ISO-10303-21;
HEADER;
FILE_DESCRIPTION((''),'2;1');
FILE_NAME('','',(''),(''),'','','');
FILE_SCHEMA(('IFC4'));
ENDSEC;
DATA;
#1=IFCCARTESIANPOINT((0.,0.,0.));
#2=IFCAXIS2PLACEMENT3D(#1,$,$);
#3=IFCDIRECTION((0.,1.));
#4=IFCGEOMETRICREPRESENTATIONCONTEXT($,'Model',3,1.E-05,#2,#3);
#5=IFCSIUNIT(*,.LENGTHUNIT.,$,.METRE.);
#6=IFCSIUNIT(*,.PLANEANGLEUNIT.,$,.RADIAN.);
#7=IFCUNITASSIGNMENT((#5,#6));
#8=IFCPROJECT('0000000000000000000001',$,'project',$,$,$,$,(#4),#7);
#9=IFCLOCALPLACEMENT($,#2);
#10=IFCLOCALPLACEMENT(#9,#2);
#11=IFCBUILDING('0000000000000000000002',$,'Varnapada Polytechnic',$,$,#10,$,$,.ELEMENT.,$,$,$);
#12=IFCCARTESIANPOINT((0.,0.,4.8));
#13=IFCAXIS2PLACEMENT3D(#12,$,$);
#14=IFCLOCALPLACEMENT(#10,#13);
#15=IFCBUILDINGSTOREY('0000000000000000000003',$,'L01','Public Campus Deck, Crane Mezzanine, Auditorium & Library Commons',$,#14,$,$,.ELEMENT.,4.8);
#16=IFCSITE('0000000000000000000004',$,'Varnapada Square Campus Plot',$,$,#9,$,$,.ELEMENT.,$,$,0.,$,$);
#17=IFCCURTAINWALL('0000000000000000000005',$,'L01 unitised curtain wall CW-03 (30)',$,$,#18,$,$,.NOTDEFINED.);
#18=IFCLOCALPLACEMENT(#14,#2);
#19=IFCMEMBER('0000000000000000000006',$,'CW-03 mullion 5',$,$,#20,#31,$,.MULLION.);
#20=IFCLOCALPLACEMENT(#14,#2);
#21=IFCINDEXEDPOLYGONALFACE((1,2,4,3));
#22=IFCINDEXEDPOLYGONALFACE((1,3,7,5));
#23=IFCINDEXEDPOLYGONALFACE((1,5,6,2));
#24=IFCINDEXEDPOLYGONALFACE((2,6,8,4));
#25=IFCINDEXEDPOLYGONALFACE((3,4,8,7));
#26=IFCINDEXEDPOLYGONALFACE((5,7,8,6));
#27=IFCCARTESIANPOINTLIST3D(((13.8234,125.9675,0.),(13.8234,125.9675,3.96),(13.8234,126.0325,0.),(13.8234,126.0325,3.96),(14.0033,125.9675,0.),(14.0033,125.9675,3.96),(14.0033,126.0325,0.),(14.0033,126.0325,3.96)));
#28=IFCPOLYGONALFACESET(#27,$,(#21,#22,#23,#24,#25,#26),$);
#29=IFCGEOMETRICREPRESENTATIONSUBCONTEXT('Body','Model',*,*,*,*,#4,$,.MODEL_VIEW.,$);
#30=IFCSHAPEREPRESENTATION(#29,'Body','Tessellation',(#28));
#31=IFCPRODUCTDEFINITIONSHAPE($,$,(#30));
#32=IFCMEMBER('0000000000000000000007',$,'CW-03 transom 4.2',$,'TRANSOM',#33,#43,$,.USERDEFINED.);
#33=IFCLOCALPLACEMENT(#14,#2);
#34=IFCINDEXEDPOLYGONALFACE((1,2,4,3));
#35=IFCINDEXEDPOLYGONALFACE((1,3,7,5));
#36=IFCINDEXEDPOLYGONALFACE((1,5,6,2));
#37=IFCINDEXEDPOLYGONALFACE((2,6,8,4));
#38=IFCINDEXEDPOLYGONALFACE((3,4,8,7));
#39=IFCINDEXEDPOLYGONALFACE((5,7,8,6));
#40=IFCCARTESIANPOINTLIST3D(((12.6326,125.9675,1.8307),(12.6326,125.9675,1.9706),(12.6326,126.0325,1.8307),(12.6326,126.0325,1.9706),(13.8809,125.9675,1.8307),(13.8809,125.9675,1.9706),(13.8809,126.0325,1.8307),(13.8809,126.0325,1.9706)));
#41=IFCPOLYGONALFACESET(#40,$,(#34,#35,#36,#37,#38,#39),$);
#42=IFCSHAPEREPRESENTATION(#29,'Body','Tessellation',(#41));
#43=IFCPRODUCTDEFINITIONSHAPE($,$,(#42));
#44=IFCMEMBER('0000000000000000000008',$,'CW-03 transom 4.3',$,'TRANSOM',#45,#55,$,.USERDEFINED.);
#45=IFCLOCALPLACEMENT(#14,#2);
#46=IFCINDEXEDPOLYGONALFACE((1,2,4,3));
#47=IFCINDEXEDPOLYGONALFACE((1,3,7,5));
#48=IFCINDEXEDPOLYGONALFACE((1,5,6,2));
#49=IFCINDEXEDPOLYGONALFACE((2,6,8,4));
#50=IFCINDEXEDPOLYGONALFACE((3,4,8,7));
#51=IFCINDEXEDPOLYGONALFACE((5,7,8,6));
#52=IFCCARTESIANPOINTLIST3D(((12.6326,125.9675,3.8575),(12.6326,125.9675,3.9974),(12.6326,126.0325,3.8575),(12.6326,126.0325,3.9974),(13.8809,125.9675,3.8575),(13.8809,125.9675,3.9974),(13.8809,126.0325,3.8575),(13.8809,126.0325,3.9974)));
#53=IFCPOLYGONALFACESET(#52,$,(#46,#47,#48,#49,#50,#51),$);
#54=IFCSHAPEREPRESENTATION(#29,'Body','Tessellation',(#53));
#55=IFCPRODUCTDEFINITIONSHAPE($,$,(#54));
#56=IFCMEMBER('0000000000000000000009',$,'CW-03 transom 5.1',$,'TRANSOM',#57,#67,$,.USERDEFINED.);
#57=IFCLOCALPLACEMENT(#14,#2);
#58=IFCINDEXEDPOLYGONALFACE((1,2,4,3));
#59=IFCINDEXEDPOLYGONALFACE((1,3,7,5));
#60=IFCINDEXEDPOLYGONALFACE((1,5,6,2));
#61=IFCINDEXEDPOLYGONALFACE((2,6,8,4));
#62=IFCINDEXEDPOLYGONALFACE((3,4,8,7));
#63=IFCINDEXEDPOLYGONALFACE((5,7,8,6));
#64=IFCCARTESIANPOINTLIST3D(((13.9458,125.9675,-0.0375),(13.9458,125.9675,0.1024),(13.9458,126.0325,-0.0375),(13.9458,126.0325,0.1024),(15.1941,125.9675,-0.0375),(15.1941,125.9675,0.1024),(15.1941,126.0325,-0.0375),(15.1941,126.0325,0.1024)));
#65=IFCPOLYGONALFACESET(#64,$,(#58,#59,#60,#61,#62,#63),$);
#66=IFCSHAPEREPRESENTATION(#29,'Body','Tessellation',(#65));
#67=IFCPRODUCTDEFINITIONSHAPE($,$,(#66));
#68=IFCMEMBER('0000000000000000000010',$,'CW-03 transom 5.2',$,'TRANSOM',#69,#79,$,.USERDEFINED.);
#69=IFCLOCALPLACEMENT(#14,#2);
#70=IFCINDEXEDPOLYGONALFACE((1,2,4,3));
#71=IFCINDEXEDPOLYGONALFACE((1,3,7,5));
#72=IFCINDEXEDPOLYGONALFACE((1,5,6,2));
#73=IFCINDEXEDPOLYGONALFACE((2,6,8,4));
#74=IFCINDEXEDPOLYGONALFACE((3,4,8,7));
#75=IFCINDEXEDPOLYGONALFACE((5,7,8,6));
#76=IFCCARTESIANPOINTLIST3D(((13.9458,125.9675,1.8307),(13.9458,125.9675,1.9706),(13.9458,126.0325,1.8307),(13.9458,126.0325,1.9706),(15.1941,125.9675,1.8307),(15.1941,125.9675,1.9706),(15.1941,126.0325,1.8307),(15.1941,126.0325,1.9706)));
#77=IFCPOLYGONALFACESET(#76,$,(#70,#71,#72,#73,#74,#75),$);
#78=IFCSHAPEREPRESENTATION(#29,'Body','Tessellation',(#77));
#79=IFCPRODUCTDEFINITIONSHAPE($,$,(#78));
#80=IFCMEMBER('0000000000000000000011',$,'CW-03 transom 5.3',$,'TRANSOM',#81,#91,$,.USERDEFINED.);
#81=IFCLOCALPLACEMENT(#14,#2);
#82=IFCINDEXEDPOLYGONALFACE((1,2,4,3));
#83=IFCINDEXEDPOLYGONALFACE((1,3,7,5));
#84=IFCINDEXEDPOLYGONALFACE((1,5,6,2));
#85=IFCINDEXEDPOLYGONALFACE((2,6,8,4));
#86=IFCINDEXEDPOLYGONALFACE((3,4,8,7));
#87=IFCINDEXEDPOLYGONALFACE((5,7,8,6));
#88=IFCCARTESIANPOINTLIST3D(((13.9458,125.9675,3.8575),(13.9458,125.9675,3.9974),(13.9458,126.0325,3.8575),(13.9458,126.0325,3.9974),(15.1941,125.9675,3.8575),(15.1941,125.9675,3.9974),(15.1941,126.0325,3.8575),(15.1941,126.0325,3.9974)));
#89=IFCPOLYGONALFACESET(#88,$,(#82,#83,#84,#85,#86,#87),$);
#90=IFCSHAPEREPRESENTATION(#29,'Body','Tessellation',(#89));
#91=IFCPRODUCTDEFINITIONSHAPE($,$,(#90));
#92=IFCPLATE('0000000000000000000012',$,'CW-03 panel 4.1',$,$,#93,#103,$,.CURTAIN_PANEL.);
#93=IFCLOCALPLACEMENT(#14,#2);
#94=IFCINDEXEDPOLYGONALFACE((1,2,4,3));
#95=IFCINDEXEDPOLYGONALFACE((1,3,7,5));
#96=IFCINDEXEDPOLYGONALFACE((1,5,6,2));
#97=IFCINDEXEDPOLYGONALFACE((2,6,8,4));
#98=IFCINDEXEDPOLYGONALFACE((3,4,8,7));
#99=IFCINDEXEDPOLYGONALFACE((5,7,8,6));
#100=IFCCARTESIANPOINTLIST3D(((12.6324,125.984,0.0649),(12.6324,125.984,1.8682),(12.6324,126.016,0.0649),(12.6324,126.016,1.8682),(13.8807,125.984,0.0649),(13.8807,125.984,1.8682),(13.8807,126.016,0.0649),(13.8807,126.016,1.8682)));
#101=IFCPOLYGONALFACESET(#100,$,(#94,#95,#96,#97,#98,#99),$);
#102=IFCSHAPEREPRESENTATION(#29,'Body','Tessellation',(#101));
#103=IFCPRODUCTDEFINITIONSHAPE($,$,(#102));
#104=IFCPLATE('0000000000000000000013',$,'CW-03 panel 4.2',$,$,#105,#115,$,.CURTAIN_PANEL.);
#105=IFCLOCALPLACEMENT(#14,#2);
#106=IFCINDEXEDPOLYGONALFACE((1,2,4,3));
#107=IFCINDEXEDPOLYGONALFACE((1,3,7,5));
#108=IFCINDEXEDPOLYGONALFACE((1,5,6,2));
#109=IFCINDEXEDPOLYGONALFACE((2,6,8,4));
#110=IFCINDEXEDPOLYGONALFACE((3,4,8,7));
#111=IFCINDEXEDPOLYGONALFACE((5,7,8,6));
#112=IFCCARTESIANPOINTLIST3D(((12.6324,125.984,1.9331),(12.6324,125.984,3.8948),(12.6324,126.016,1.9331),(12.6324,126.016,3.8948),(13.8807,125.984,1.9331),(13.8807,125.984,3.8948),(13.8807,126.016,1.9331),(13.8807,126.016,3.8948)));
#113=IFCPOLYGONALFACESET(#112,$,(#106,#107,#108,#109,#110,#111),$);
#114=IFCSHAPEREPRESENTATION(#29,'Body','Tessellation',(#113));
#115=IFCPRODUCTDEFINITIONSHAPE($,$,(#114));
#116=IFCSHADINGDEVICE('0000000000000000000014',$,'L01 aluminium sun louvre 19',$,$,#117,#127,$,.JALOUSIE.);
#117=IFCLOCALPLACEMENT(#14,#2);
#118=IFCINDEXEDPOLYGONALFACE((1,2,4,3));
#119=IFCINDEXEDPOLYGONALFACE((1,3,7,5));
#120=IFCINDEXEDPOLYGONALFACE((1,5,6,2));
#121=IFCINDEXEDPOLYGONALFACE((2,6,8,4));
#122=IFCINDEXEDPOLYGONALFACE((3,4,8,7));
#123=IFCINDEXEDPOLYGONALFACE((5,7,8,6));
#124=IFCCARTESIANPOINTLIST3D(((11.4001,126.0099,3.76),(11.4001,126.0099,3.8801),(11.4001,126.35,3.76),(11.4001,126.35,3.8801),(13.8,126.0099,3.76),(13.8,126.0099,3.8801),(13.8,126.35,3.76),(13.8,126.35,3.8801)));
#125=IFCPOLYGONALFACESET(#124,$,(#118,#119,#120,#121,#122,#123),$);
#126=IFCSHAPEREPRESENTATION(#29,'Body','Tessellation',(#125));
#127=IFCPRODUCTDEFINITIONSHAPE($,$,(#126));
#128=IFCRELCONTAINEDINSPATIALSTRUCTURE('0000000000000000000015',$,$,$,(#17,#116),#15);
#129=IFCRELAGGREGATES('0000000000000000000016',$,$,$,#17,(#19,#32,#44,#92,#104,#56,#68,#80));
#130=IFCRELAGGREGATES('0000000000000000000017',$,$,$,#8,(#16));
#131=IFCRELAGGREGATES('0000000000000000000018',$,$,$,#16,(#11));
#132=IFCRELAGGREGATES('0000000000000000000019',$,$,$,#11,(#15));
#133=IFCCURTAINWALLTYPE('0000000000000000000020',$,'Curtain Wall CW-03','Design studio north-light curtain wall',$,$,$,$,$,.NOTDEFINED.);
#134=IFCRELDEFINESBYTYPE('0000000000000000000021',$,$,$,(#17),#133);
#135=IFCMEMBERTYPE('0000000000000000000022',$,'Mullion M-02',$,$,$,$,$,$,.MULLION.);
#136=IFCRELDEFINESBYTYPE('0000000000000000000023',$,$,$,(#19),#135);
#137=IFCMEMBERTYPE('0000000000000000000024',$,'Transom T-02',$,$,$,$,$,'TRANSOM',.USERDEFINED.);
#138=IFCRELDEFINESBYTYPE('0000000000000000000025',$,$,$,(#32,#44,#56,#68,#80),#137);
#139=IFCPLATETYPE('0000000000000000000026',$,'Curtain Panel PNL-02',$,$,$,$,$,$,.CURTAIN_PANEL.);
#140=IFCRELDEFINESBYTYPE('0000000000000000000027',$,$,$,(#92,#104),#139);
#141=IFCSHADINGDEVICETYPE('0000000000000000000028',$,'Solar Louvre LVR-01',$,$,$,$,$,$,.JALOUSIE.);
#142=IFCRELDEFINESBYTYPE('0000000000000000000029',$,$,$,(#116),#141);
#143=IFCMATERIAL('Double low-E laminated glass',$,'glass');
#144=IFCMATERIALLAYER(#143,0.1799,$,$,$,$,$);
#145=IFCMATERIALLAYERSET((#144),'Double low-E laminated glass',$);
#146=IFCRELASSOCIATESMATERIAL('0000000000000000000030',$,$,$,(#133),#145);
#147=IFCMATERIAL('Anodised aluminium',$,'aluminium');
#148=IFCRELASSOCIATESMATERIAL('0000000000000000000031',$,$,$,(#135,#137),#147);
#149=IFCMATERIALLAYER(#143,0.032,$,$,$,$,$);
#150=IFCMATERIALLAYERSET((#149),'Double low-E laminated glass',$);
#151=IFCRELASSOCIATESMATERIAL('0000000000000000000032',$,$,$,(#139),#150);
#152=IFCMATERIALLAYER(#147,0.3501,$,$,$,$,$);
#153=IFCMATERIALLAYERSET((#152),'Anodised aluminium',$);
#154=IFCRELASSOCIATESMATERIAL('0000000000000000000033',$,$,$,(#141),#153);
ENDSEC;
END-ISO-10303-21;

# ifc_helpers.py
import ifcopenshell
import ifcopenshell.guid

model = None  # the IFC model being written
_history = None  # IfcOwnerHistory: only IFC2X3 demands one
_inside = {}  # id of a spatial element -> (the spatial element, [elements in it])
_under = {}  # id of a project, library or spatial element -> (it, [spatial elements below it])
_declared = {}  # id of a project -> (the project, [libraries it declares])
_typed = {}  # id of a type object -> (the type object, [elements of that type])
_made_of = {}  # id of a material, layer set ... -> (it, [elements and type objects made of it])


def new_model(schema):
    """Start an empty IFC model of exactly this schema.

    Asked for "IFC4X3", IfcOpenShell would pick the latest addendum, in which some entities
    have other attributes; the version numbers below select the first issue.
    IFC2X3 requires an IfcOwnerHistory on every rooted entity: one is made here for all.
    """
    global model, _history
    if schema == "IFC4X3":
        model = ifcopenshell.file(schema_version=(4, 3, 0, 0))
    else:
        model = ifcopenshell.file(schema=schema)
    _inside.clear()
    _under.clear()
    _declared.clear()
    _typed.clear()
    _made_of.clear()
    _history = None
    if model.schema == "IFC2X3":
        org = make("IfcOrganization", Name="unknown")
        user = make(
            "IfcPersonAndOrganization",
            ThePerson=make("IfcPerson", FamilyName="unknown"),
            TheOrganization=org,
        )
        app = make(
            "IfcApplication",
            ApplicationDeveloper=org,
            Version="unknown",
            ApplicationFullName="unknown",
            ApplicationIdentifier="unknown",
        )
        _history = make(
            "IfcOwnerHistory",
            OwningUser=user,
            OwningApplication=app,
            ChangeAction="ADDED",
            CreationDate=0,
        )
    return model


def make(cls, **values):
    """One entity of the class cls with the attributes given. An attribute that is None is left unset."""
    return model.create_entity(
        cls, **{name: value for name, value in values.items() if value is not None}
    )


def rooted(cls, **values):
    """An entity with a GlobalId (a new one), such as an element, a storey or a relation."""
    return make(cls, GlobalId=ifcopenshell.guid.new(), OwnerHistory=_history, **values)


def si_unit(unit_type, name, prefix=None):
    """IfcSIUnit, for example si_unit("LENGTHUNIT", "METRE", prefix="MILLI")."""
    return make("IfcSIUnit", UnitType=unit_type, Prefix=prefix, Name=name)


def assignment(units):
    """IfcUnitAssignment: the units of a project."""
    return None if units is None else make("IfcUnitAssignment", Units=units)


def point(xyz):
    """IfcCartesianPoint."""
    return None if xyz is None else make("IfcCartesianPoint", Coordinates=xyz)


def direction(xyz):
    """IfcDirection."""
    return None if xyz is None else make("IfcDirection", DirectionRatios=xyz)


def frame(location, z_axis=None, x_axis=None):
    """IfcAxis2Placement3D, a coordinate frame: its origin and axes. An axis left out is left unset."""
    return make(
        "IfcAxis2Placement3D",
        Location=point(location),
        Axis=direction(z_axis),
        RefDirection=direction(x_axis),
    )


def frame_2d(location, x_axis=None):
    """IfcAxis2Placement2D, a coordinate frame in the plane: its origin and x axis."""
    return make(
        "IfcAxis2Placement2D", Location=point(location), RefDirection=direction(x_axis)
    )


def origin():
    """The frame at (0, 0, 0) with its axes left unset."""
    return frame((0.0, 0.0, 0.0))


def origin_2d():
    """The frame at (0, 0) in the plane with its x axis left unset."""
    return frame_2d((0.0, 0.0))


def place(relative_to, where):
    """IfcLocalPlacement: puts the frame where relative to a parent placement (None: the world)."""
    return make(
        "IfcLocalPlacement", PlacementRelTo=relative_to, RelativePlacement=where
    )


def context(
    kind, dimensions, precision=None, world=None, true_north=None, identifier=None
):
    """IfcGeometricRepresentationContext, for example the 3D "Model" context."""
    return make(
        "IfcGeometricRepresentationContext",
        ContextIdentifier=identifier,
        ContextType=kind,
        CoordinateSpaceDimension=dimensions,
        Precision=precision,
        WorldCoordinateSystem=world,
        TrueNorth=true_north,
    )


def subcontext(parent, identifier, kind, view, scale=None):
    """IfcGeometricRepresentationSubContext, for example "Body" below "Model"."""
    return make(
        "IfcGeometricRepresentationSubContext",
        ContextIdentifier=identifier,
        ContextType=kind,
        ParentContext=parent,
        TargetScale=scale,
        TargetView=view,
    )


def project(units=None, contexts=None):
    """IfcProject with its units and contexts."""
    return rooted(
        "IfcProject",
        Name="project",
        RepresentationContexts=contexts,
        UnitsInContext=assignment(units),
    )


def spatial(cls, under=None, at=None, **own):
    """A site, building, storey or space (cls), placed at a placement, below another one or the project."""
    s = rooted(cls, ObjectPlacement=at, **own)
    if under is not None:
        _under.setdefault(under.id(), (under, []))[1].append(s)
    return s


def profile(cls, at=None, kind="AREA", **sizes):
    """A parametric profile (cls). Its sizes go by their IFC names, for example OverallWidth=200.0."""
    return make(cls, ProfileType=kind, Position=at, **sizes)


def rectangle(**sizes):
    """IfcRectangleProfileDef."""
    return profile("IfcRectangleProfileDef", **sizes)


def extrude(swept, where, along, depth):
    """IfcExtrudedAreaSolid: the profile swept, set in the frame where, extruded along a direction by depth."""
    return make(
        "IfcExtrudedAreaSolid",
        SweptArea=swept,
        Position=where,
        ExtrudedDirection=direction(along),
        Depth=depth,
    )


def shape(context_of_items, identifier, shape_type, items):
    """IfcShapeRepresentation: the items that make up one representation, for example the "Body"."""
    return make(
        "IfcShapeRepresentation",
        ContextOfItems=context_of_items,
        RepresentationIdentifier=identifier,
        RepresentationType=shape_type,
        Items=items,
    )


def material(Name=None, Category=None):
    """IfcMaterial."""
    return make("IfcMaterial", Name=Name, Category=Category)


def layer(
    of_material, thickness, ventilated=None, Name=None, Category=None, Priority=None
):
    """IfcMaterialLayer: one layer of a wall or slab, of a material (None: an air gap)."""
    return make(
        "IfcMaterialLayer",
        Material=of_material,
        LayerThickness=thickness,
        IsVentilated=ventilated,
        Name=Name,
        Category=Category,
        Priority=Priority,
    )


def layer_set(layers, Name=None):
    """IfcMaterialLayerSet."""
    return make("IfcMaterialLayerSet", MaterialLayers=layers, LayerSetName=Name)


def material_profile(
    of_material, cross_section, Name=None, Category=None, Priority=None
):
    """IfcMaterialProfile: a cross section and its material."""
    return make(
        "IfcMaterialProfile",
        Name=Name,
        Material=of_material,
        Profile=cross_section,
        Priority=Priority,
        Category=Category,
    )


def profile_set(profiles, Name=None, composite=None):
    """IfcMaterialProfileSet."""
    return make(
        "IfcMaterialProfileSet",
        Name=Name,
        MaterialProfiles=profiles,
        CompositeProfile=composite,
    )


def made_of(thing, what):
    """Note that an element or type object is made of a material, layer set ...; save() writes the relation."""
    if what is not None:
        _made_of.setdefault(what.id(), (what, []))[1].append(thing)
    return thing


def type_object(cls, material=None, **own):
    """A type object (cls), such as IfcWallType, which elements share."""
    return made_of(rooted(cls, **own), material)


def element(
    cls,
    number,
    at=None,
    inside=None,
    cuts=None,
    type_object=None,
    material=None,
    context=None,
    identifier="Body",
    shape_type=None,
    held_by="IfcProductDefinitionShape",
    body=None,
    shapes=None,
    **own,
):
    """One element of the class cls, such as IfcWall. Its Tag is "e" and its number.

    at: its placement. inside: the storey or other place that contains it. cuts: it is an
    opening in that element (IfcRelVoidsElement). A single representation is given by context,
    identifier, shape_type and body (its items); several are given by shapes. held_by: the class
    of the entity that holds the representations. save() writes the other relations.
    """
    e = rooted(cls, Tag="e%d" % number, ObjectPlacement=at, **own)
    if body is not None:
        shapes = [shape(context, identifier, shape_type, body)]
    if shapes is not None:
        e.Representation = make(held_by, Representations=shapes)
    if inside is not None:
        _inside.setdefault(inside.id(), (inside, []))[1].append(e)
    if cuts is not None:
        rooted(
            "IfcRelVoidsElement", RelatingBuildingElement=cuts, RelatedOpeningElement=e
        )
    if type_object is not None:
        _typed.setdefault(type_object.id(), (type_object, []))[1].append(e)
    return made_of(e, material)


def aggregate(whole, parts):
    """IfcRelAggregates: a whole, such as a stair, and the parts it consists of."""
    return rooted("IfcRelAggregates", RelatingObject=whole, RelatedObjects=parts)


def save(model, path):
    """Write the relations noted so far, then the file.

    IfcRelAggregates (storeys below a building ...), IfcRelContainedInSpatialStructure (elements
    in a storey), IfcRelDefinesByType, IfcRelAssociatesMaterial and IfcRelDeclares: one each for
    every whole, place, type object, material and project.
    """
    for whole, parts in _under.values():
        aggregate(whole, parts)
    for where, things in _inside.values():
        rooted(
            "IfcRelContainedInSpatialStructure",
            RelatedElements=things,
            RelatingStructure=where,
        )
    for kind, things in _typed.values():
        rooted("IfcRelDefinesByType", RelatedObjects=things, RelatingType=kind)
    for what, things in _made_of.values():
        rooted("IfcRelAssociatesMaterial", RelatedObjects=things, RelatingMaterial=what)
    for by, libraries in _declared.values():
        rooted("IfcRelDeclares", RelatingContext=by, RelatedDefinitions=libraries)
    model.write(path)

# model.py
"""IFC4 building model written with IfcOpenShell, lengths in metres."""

from ifc_helpers import new_model, si_unit, direction, frame, origin, origin_2d, place, context, subcontext, project, spatial, rectangle, extrude, material, layer, layer_set, material_profile, profile_set, type_object, element, aggregate, save


model = new_model("IFC4")

# Units and contexts
model_context = context("Model", 3, precision=1e-05, world=origin(), true_north=direction((0.0, 1.0)))
body_context = subcontext(model_context, "Body", "Model", "MODEL_VIEW")
ifc_project = project(units=[si_unit("LENGTHUNIT", "METRE"), si_unit("PLANEANGLEUNIT", "RADIAN")], contexts=[model_context])

# Site, building, storey
site_placement = place(None, origin())
site = spatial("IfcSite", under=ifc_project, at=site_placement, Name="Varnapada Square Campus Plot", CompositionType="ELEMENT", RefElevation=0.0)
building_placement = place(site_placement, origin())
building = spatial("IfcBuilding", under=site, at=building_placement, Name="Varnapada Polytechnic", CompositionType="ELEMENT")
storey_placement = place(building_placement, frame((0.0, 0.0, 4.8)))
storey = spatial("IfcBuildingStorey", under=building, at=storey_placement, Name="L01", Description="Public Campus Deck, Crane Mezzanine, Auditorium & Library Commons", CompositionType="ELEMENT", Elevation=4.8)

# Curtain wall, members, plates
ifc_material_1 = material(Name="Double low-E laminated glass", Category="glass")
ifc_layer_1 = layer(ifc_material_1, 0.1799)
ifc_layer_set_1 = layer_set([ifc_layer_1], Name="Double low-E laminated glass")
curtain_wall_type = type_object("IfcCurtainWallType", Name="Curtain Wall CW-03", Description="Design studio north-light curtain wall", PredefinedType="NOTDEFINED", material=ifc_layer_set_1)
curtain_wall_placement = place(storey_placement, origin())
curtain_wall = element("IfcCurtainWall", 1, at=curtain_wall_placement, inside=storey, type_object=curtain_wall_type, Name="L01 unitised curtain wall CW-03 (30)", PredefinedType="NOTDEFINED")
ifc_material_2 = material(Name="Anodised aluminium", Category="aluminium")
ifc_material_profile_1 = material_profile(ifc_material_2, rectangle(XDim=0.0649, YDim=0.1799, at=origin_2d()), Name="ALU M65x180")
ifc_profile_set_1 = profile_set([ifc_material_profile_1], Name="Anodised aluminium")
member_type_1 = type_object("IfcMemberType", Name="Mullion M-02", PredefinedType="MULLION", material=ifc_profile_set_1)
member_1_placement = place(storey_placement, frame((13.9133, 126.0, 0.0), z_axis=(0.0, 0.0, 1.0), x_axis=(0.0, 1.0, 0.0)))
member_1 = element("IfcMember", 2, at=member_1_placement, type_object=member_type_1, Name="CW-03 mullion 5", PredefinedType="MULLION", context=body_context, shape_type="SweptSolid", body=[
    extrude(rectangle(XDim=0.0649, YDim=0.1799, at=origin_2d()), origin(), (0.0, 0.0, 1.0), 3.96),
])
ifc_material_profile_2 = material_profile(ifc_material_2, rectangle(XDim=0.0649, YDim=0.1399, at=origin_2d()), Name="ALU T65x140")
ifc_profile_set_2 = profile_set([ifc_material_profile_2], Name="Anodised aluminium")
member_type_2 = type_object("IfcMemberType", Name="Transom T-02", ElementType="TRANSOM", PredefinedType="USERDEFINED", material=ifc_profile_set_2)
member_2_placement = place(storey_placement, frame((12.6326, 126.0, 1.9006), z_axis=(1.0, 0.0, 0.0), x_axis=(0.0, 1.0, 0.0)))
member_2 = element("IfcMember", 3, at=member_2_placement, type_object=member_type_2, Name="CW-03 transom 4.2", ObjectType="TRANSOM", PredefinedType="USERDEFINED", context=body_context, shape_type="SweptSolid", body=[
    extrude(rectangle(XDim=0.0649, YDim=0.1399, at=origin_2d()), origin(), (0.0, 0.0, 1.0), 1.2483),
])
member_3_placement = place(storey_placement, frame((12.6326, 126.0, 3.9275), z_axis=(1.0, 0.0, 0.0), x_axis=(0.0, 1.0, 0.0)))
member_3 = element("IfcMember", 4, at=member_3_placement, type_object=member_type_2, Name="CW-03 transom 4.3", ObjectType="TRANSOM", PredefinedType="USERDEFINED", context=body_context, shape_type="SweptSolid", body=[
    extrude(rectangle(XDim=0.0649, YDim=0.1399, at=origin_2d()), origin(), (0.0, 0.0, 1.0), 1.2483),
])
member_4_placement = place(storey_placement, frame((13.9458, 126.0, 0.0325), z_axis=(1.0, 0.0, 0.0), x_axis=(0.0, 1.0, 0.0)))
member_4 = element("IfcMember", 5, at=member_4_placement, type_object=member_type_2, Name="CW-03 transom 5.1", ObjectType="TRANSOM", PredefinedType="USERDEFINED", context=body_context, shape_type="SweptSolid", body=[
    extrude(rectangle(XDim=0.0649, YDim=0.1399, at=origin_2d()), origin(), (0.0, 0.0, 1.0), 1.2483),
])
member_5_placement = place(storey_placement, frame((13.9458, 126.0, 1.9006), z_axis=(1.0, 0.0, 0.0), x_axis=(0.0, 1.0, 0.0)))
member_5 = element("IfcMember", 6, at=member_5_placement, type_object=member_type_2, Name="CW-03 transom 5.2", ObjectType="TRANSOM", PredefinedType="USERDEFINED", context=body_context, shape_type="SweptSolid", body=[
    extrude(rectangle(XDim=0.0649, YDim=0.1399, at=origin_2d()), origin(), (0.0, 0.0, 1.0), 1.2483),
])
member_6_placement = place(storey_placement, frame((13.9458, 126.0, 3.9275), z_axis=(1.0, 0.0, 0.0), x_axis=(0.0, 1.0, 0.0)))
member_6 = element("IfcMember", 7, at=member_6_placement, type_object=member_type_2, Name="CW-03 transom 5.3", ObjectType="TRANSOM", PredefinedType="USERDEFINED", context=body_context, shape_type="SweptSolid", body=[
    extrude(rectangle(XDim=0.0649, YDim=0.1399, at=origin_2d()), origin(), (0.0, 0.0, 1.0), 1.2483),
])
ifc_layer_2 = layer(ifc_material_1, 0.032)
ifc_layer_set_2 = layer_set([ifc_layer_2], Name="Double low-E laminated glass")
plate_type = type_object("IfcPlateType", Name="Curtain Panel PNL-02", PredefinedType="CURTAIN_PANEL", material=ifc_layer_set_2)
plate_1_placement = place(storey_placement, frame((13.2566, 126.0, 0.0649), z_axis=(0.0, 0.0, 1.0), x_axis=(1.0, 0.0, 0.0)))
plate_1 = element("IfcPlate", 8, at=plate_1_placement, type_object=plate_type, Name="CW-03 panel 4.1", PredefinedType="CURTAIN_PANEL", context=body_context, shape_type="SweptSolid", body=[
    extrude(rectangle(XDim=1.2483, YDim=0.032, at=origin_2d()), origin(), (0.0, 0.0, 1.0), 1.8032),
])
plate_2_placement = place(storey_placement, frame((13.2566, 126.0, 1.9331), z_axis=(0.0, 0.0, 1.0), x_axis=(1.0, 0.0, 0.0)))
plate_2 = element("IfcPlate", 9, at=plate_2_placement, type_object=plate_type, Name="CW-03 panel 4.2", PredefinedType="CURTAIN_PANEL", context=body_context, shape_type="SweptSolid", body=[
    extrude(rectangle(XDim=1.2483, YDim=0.032, at=origin_2d()), origin(), (0.0, 0.0, 1.0), 1.9617),
])
aggregate(curtain_wall, [member_1, member_2, member_3, plate_1, plate_2, member_4, member_5, member_6])

# Shading device
ifc_layer_3 = layer(ifc_material_2, 0.3501)
ifc_layer_set_3 = layer_set([ifc_layer_3], Name="Anodised aluminium")
shading_device_type_1 = type_object("IfcShadingDeviceType", Name="Solar Louvre LVR-01", PredefinedType="JALOUSIE", material=ifc_layer_set_3)
shading_device_1_placement = place(storey_placement, frame((12.6001, 126.1799, 3.76), z_axis=(0.0, 0.0, 1.0), x_axis=(1.0, 0.0, 0.0)))
element("IfcShadingDevice", 10, at=shading_device_1_placement, inside=storey, type_object=shading_device_type_1, Name="L01 aluminium sun louvre 19", PredefinedType="JALOUSIE", context=body_context, shape_type="SweptSolid", body=[
    extrude(rectangle(XDim=2.3999, YDim=0.3401, at=origin_2d()), origin(), (0.0, 0.0, 1.0), 0.1201),
])

save(model, "model.ifc")
